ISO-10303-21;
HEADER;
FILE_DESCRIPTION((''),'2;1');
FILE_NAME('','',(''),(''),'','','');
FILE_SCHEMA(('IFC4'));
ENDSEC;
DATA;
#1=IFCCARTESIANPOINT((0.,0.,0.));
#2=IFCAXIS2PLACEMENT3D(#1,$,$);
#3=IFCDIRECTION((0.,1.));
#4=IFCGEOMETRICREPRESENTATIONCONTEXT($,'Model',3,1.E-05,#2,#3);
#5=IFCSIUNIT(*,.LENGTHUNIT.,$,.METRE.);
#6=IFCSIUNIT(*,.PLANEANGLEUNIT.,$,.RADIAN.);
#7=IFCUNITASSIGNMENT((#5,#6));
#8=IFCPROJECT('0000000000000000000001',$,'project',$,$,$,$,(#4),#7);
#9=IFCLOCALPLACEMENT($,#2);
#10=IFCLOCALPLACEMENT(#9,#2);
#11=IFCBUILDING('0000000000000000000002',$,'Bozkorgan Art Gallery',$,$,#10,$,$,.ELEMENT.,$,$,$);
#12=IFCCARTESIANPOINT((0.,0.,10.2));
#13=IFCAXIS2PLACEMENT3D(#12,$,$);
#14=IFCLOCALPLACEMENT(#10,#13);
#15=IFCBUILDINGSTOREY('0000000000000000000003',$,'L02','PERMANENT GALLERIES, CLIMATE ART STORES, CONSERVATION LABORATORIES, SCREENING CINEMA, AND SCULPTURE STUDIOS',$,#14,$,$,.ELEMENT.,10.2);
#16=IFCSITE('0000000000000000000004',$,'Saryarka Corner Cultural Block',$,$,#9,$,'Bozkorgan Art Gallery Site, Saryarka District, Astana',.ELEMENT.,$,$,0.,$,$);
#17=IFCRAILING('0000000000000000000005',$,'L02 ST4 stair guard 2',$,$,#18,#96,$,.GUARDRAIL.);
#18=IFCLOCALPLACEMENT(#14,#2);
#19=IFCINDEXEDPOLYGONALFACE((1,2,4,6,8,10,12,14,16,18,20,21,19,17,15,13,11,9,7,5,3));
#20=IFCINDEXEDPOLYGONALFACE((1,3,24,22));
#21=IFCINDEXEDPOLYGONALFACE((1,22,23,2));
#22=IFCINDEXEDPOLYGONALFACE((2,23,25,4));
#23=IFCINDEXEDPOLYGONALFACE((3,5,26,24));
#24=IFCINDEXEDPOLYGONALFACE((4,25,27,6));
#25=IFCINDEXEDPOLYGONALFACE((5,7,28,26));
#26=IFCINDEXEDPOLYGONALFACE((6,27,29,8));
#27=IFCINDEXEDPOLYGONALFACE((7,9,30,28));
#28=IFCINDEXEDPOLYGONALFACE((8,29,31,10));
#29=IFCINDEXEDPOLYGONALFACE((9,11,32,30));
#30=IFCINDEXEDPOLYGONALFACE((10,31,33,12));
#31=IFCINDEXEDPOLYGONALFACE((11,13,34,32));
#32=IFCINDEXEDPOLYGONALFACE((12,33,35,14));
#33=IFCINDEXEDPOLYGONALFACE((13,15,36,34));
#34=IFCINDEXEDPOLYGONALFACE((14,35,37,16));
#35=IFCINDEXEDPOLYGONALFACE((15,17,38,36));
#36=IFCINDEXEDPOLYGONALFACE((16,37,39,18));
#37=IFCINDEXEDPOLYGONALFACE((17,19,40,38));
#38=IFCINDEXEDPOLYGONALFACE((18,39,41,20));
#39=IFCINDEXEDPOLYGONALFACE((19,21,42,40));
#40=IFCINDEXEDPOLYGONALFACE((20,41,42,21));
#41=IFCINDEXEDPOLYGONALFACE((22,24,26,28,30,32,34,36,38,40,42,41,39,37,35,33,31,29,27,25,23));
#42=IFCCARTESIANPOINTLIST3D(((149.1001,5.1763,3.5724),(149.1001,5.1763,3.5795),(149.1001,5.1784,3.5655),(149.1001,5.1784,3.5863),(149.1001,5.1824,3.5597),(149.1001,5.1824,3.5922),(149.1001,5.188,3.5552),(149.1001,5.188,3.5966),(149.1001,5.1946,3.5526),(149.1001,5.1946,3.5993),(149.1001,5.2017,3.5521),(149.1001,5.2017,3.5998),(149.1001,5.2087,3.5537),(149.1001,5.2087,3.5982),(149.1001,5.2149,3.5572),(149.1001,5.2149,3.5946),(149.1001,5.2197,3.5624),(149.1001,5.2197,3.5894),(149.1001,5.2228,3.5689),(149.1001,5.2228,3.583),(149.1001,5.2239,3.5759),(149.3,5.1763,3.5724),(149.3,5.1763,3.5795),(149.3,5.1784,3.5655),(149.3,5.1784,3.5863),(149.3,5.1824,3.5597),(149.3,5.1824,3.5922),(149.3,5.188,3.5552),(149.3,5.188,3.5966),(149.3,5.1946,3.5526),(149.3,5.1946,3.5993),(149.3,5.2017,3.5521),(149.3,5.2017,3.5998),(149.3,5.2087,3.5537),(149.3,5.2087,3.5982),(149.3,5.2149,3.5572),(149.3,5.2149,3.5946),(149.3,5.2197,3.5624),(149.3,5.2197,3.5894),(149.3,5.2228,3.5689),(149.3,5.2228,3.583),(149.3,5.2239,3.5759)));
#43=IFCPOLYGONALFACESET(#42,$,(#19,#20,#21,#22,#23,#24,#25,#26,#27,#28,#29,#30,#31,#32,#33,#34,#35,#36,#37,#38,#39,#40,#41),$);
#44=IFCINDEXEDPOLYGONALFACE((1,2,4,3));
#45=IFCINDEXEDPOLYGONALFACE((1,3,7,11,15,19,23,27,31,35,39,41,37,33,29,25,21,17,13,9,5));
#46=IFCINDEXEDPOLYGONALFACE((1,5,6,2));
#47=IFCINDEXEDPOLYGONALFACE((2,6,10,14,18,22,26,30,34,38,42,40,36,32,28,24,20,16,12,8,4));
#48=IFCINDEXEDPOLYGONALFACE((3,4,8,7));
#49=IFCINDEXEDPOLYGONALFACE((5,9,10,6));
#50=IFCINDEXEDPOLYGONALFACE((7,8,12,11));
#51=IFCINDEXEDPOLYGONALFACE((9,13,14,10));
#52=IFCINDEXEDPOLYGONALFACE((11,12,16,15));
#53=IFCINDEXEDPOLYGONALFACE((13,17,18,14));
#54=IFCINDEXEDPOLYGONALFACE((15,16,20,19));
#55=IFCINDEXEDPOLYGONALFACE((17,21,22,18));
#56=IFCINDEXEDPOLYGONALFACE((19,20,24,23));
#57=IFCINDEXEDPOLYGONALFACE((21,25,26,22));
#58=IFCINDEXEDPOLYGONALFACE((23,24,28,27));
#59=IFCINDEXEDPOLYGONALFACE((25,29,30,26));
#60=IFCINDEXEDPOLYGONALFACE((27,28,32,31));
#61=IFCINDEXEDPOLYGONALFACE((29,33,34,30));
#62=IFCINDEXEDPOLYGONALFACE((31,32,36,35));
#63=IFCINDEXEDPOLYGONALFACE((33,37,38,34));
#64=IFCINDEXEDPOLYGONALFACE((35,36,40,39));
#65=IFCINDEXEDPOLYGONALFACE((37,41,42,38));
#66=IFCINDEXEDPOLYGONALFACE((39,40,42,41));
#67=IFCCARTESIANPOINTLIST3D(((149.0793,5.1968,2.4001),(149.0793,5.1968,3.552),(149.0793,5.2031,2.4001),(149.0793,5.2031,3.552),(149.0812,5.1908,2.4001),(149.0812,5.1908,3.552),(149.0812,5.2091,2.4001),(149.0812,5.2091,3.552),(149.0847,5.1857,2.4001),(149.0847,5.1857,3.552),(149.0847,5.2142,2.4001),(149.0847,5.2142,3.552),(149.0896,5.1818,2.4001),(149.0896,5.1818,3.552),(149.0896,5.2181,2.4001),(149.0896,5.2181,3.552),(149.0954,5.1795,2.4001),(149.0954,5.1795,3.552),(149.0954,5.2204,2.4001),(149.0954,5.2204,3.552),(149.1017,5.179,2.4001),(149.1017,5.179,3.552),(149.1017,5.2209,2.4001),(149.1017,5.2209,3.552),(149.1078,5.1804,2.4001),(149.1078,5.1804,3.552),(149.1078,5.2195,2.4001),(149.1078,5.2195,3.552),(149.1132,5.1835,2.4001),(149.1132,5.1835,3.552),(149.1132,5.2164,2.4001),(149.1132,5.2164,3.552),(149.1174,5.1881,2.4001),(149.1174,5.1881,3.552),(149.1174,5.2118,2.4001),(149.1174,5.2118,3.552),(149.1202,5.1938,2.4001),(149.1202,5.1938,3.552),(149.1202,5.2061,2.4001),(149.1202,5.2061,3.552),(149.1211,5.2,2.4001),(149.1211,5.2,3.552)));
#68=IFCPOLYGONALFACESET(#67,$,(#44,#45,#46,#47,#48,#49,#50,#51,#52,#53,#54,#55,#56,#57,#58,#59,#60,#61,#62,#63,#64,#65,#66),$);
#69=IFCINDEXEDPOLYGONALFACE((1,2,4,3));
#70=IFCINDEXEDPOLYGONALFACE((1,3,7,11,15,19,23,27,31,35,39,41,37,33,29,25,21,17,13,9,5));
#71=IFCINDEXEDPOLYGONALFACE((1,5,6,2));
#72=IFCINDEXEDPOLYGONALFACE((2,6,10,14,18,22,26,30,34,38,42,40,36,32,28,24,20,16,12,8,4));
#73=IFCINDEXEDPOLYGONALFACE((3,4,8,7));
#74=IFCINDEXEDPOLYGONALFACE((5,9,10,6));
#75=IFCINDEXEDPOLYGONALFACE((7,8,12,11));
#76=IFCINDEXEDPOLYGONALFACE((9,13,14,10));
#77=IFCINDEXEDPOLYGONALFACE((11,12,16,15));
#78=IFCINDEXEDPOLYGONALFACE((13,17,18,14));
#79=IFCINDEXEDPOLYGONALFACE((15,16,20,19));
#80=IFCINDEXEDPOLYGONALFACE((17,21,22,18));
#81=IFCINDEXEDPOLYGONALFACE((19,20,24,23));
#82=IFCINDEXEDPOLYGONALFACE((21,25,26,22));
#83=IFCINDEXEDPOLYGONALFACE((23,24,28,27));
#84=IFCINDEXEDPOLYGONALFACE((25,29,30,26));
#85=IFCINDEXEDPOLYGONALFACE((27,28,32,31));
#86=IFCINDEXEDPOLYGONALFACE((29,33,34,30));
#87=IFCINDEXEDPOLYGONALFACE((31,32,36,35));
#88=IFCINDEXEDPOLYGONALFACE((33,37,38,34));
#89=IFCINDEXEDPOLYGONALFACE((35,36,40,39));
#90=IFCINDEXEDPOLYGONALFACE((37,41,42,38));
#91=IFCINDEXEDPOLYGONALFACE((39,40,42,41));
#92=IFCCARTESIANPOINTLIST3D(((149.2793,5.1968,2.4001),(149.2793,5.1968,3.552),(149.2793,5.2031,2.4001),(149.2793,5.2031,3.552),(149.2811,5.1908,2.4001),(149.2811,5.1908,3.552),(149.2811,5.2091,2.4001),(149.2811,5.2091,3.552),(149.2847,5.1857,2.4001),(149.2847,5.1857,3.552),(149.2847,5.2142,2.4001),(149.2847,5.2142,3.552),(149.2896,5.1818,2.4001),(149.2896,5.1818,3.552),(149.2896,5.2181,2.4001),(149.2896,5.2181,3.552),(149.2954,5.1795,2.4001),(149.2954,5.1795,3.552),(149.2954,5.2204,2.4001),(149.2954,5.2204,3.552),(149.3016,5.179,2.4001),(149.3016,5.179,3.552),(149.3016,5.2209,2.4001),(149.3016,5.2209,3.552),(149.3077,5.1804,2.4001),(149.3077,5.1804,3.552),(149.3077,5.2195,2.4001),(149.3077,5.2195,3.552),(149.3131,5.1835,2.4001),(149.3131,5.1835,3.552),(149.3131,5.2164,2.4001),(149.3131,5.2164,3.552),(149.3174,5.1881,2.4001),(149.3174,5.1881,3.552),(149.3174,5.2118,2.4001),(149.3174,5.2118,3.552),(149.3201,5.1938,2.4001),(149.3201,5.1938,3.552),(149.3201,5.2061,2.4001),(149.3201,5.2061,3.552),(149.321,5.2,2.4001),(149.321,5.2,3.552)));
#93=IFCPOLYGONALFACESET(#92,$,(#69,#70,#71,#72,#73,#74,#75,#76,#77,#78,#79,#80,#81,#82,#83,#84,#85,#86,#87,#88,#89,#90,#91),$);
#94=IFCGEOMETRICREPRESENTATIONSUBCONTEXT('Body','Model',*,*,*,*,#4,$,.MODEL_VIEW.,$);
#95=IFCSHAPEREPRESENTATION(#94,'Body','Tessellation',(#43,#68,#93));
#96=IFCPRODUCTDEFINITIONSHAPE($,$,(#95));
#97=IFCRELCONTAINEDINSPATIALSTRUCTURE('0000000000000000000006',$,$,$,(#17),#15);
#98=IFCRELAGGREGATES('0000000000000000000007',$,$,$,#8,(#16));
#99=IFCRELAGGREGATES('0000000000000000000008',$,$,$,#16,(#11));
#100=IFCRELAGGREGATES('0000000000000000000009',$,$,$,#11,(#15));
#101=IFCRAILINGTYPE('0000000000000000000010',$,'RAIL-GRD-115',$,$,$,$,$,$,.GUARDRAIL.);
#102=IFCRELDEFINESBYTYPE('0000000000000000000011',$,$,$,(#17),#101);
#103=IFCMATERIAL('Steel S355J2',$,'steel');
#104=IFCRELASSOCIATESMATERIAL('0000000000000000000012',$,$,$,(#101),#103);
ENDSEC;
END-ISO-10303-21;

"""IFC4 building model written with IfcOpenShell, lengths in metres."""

from ifc_helpers import new_model, si_unit, direction, frame, origin, origin_2d, place, context, subcontext, project, spatial, circle, extrude, material, type_object, element, save


model = new_model("IFC4")

# Units and contexts
model_context = context("Model", 3, precision=1e-05, world=origin(), true_north=direction((0.0, 1.0)))
body_context = subcontext(model_context, "Body", "Model", "MODEL_VIEW")
ifc_project = project(units=[si_unit("LENGTHUNIT", "METRE"), si_unit("PLANEANGLEUNIT", "RADIAN")], contexts=[model_context])

# Site, building, storey
site_placement = place(None, origin())
site = spatial("IfcSite", under=ifc_project, at=site_placement, Name="Saryarka Corner Cultural Block", LongName="Bozkorgan Art Gallery Site, Saryarka District, Astana", CompositionType="ELEMENT", RefElevation=0.0)
building_placement = place(site_placement, origin())
building = spatial("IfcBuilding", under=site, at=building_placement, Name="Bozkorgan Art Gallery", CompositionType="ELEMENT")
storey_placement = place(building_placement, frame((0.0, 0.0, 10.2)))
storey = spatial("IfcBuildingStorey", under=building, at=storey_placement, Name="L02", Description="PERMANENT GALLERIES, CLIMATE ART STORES, CONSERVATION LABORATORIES, SCREENING CINEMA, AND SCULPTURE STUDIOS", CompositionType="ELEMENT", Elevation=10.2)

# Shared definitions
ifc_material_1 = material(Name="Steel S355J2", Category="steel")

# Railing
railing_type_1 = type_object("IfcRailingType", Name="RAIL-GRD-115", PredefinedType="GUARDRAIL", material=ifc_material_1)
railing_1_placement = place(storey_placement, frame((149.1001, 5.2, 2.4001)))
element("IfcRailing", 1, at=railing_1_placement, inside=storey, type_object=railing_type_1, Name="L02 ST4 stair guard 2", PredefinedType="GUARDRAIL", context=body_context, shape_type="SweptSolid", body=[
    extrude(circle(Radius=0.0239, at=origin_2d()), frame((0.0, 0.0, 1.1758), z_axis=(1.0, 0.0, 0.0), x_axis=(0.0, 1.0, 0.0)), (0.0, 0.0, 1.0), 0.2),
    extrude(circle(Radius=0.021, at=origin_2d()), origin(), (0.0, 0.0, 1.0), 1.1519),
    extrude(circle(Radius=0.021, at=origin_2d()), frame((0.2, 0.0, 0.0)), (0.0, 0.0, 1.0), 1.1519),
])

save(model, "model.ifc")
